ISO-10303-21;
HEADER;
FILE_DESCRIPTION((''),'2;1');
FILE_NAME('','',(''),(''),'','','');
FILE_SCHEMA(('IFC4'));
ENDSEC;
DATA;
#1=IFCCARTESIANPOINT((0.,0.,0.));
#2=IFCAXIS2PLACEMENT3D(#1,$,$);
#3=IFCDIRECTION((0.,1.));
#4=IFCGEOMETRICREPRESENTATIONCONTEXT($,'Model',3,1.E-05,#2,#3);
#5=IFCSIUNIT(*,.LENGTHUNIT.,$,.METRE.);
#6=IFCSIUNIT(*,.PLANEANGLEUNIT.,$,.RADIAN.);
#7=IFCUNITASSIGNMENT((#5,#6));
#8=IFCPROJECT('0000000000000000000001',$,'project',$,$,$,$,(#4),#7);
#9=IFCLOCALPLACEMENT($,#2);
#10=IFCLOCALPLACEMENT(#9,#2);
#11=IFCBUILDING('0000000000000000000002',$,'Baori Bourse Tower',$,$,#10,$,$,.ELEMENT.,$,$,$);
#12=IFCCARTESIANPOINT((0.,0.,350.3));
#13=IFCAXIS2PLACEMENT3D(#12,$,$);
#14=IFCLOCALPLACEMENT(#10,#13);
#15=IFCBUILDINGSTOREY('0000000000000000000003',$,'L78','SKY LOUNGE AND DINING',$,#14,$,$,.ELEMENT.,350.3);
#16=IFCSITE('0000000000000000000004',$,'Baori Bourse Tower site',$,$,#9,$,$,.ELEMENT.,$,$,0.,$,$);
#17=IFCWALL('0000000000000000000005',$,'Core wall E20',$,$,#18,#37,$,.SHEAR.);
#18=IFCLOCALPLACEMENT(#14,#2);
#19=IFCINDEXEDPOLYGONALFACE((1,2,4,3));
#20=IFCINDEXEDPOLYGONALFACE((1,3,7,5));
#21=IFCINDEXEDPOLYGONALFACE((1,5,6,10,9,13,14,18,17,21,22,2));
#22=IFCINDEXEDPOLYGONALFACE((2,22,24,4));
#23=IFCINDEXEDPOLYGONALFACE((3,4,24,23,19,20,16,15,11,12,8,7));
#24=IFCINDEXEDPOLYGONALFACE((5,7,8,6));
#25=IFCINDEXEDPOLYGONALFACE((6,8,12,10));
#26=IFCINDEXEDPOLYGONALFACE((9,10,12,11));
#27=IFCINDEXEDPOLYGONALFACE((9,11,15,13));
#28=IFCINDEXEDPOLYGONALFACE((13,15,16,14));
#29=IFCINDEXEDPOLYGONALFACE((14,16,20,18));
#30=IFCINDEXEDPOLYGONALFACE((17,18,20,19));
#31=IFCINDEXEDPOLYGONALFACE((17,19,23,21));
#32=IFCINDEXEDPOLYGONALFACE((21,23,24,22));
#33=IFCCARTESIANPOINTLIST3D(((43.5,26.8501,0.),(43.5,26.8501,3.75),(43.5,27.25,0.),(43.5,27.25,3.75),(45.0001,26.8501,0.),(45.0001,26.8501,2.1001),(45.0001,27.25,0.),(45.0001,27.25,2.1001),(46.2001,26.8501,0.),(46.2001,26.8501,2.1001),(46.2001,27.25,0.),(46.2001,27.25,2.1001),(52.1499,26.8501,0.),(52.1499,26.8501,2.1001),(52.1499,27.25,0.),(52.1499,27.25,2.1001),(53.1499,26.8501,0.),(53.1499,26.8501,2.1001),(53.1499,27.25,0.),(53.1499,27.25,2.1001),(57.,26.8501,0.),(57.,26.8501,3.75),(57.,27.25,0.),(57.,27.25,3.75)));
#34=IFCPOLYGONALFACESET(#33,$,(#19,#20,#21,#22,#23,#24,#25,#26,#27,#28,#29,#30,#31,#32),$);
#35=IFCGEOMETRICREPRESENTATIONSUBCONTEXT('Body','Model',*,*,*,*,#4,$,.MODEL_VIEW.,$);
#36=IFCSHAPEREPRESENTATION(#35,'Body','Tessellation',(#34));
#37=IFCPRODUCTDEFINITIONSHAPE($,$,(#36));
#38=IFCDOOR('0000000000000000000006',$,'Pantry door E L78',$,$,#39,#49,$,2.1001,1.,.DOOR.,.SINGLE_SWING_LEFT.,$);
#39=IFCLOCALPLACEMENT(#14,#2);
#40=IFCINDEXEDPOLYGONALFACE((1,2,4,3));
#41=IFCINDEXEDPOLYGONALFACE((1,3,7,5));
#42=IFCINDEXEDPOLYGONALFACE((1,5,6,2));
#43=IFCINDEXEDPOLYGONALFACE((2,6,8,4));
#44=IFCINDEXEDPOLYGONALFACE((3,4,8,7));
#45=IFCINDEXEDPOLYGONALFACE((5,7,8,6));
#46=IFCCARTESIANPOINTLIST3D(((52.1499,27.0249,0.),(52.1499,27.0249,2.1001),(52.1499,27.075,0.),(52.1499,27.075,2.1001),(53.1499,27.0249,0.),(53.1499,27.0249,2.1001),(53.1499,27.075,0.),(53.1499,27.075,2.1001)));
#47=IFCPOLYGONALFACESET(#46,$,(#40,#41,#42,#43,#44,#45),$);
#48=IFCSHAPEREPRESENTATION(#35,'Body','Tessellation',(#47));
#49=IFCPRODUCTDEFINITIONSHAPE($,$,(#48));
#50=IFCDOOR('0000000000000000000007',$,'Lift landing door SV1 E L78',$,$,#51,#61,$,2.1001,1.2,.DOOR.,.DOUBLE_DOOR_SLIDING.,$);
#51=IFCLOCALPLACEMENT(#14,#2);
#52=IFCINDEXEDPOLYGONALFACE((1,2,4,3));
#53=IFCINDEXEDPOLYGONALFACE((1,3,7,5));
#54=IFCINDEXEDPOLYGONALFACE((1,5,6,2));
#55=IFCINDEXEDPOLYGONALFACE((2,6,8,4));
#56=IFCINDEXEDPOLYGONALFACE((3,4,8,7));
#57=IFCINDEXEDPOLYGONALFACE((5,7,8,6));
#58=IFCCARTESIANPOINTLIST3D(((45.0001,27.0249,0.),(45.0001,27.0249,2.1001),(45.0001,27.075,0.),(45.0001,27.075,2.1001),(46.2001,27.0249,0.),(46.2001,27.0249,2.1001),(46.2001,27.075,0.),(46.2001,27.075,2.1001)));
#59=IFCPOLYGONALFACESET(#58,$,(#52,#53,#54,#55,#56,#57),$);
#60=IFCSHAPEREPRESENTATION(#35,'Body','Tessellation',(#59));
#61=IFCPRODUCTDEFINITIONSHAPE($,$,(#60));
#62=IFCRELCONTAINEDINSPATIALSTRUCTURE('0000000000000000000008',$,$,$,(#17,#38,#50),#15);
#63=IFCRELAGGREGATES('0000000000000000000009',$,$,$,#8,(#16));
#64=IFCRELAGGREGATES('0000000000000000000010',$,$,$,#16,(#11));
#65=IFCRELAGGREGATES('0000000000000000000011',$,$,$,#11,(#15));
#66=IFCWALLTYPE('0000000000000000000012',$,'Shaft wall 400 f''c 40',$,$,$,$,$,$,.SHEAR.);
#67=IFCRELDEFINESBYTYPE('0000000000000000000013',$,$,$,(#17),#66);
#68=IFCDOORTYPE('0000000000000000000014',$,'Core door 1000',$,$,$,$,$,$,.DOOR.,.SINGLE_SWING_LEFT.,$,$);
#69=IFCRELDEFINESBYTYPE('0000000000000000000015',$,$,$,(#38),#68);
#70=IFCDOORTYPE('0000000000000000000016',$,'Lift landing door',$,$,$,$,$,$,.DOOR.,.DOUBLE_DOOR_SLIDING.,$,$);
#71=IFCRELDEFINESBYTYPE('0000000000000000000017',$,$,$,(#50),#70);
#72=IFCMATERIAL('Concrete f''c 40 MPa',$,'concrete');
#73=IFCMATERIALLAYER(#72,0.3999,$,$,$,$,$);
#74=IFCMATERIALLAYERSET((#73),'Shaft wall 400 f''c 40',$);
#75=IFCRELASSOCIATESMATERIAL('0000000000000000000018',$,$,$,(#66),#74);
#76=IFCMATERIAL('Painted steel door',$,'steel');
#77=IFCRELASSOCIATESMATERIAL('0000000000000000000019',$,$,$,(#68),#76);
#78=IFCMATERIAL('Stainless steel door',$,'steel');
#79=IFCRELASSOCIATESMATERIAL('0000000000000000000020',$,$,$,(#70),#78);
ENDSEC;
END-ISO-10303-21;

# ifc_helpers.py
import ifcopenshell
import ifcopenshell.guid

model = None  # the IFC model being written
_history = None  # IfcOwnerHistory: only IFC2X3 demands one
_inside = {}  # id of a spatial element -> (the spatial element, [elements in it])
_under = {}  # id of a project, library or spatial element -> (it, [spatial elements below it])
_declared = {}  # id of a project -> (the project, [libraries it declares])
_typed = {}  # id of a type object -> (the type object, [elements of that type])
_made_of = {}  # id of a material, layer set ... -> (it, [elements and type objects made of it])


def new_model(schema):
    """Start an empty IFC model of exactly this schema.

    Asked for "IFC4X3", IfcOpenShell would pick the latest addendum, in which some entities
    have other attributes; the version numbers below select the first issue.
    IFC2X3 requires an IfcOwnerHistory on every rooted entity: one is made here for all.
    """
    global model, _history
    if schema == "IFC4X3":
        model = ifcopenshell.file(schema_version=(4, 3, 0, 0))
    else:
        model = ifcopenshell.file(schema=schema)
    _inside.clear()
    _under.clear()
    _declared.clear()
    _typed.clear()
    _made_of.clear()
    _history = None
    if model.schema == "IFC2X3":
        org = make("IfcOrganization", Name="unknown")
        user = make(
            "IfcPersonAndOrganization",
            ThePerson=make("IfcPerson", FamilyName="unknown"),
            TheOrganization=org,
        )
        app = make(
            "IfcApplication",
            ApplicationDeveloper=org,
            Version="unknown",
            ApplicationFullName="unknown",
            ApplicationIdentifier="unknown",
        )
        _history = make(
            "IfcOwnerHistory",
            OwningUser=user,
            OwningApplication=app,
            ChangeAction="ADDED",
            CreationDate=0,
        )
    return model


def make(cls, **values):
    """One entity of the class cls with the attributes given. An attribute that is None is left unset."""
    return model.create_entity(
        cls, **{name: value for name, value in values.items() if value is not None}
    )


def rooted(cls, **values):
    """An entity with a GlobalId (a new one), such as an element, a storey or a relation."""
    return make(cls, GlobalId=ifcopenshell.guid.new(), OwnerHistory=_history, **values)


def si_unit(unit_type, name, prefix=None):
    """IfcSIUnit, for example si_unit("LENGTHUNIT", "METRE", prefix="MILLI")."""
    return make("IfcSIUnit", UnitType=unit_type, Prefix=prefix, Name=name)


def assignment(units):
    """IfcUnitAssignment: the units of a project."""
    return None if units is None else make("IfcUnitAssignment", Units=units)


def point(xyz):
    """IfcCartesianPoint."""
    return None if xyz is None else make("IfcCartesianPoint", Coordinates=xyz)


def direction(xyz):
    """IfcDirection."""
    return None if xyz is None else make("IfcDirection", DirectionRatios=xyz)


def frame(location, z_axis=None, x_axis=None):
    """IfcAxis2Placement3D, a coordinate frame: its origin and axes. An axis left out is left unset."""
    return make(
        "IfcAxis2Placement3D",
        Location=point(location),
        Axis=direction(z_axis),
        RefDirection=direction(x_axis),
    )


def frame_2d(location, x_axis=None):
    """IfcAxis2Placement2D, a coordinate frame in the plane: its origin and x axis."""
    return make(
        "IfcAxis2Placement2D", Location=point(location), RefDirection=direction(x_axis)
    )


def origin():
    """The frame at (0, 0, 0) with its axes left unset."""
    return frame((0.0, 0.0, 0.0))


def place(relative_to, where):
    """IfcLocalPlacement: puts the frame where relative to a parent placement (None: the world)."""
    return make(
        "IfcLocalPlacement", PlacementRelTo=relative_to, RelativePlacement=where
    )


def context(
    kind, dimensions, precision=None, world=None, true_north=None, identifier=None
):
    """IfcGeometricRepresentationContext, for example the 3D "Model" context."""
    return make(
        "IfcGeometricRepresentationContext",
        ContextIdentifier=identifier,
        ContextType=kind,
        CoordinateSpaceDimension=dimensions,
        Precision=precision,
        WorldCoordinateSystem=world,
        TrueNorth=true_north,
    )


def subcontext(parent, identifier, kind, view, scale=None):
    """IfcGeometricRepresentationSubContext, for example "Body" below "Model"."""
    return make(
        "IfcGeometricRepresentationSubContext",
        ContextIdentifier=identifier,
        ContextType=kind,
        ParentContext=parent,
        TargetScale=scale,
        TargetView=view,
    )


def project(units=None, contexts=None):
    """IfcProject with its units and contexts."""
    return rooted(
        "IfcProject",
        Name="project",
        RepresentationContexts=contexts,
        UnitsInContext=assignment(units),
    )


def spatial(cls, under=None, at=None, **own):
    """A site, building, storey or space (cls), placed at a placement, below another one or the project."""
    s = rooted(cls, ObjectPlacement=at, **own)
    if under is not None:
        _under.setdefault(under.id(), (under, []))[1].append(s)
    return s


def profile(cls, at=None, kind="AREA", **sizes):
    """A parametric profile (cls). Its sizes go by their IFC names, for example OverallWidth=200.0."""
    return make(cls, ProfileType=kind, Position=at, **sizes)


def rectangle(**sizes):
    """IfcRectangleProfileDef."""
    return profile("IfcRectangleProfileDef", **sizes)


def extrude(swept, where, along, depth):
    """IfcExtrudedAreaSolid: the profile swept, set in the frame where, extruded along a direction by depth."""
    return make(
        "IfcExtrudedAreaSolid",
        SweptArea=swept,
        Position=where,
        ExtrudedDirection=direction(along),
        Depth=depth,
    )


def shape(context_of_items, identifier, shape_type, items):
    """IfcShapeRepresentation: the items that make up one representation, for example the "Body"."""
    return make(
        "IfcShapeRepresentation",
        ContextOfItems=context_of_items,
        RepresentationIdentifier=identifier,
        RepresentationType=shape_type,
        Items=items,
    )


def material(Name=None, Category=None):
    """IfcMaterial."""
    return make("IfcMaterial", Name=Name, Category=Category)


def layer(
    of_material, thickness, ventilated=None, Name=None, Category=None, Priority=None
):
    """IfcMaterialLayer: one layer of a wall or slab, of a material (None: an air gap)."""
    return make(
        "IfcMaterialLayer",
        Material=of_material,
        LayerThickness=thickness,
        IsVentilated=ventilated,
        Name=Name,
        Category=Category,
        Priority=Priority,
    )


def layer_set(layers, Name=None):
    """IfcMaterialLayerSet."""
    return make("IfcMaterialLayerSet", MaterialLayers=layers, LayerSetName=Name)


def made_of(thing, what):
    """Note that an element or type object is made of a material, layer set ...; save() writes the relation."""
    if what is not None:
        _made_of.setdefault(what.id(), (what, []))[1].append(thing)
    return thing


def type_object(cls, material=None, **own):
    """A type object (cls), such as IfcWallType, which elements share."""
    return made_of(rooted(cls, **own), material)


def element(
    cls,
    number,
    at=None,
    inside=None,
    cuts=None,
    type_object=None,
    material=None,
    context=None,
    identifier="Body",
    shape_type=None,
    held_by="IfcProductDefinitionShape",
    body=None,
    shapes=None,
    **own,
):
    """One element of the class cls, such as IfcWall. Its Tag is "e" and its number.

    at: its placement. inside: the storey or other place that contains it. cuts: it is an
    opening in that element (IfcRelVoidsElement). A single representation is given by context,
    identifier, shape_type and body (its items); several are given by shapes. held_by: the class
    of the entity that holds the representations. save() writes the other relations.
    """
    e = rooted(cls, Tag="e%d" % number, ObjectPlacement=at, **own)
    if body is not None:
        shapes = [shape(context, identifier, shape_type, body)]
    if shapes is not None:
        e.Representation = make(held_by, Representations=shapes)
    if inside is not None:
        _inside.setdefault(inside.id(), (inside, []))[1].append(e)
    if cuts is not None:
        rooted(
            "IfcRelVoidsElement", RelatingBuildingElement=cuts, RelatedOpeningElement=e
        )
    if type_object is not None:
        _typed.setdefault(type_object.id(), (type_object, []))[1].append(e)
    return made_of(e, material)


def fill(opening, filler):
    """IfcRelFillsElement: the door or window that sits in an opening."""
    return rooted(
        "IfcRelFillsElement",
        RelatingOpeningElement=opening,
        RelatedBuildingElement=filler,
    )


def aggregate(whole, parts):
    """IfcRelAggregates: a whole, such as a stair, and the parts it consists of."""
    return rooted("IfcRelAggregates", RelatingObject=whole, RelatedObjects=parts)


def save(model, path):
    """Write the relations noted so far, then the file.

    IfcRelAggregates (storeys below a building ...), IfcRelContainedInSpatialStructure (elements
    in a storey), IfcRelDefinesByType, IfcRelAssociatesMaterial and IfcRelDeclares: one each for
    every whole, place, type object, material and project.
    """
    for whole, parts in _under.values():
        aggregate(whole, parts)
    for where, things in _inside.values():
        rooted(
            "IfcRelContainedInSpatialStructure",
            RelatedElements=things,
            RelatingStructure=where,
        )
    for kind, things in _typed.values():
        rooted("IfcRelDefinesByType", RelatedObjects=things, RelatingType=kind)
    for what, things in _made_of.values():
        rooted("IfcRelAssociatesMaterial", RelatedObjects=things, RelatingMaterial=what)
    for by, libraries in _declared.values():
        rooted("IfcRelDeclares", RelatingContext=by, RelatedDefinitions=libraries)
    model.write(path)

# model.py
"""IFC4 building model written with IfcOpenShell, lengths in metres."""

from ifc_helpers import new_model, si_unit, direction, frame, frame_2d, origin, place, context, subcontext, project, spatial, rectangle, extrude, material, layer, layer_set, type_object, element, fill, save


model = new_model("IFC4")

# Units and contexts
model_context = context("Model", 3, precision=1e-05, world=origin(), true_north=direction((0.0, 1.0)))
body_context = subcontext(model_context, "Body", "Model", "MODEL_VIEW")
ifc_project = project(units=[si_unit("LENGTHUNIT", "METRE"), si_unit("PLANEANGLEUNIT", "RADIAN")], contexts=[model_context])

# Site, building, storey
site_placement = place(None, origin())
site = spatial("IfcSite", under=ifc_project, at=site_placement, Name="Baori Bourse Tower site", CompositionType="ELEMENT", RefElevation=0.0)
building_placement = place(site_placement, origin())
building = spatial("IfcBuilding", under=site, at=building_placement, Name="Baori Bourse Tower", CompositionType="ELEMENT")
storey_placement = place(building_placement, frame((0.0, 0.0, 350.3)))
storey = spatial("IfcBuildingStorey", under=building, at=storey_placement, Name="L78", Description="SKY LOUNGE AND DINING", CompositionType="ELEMENT", Elevation=350.3)

# Wall, openings, doors
ifc_material_1 = material(Name="Concrete f'c 40 MPa", Category="concrete")
ifc_layer_1 = layer(ifc_material_1, 0.3999)
ifc_layer_set_1 = layer_set([ifc_layer_1], Name="Shaft wall 400 f'c 40")
wall_type_1 = type_object("IfcWallType", Name="Shaft wall 400 f'c 40", PredefinedType="SHEAR", material=ifc_layer_set_1)
wall_1_placement = place(storey_placement, frame((43.5, 27.05, 0.0), z_axis=(0.0, 0.0, 1.0), x_axis=(1.0, 0.0, 0.0)))
wall_1 = element("IfcWall", 1, at=wall_1_placement, inside=storey, type_object=wall_type_1, Name="Core wall E20", PredefinedType="SHEAR", context=body_context, shape_type="SweptSolid", body=[
    extrude(rectangle(XDim=13.5, YDim=0.3999, at=frame_2d((6.75, 0.0))), origin(), (0.0, 0.0, 1.0), 3.75),
])
opening_1_placement = place(wall_1_placement, frame((8.6499, 0.0, 0.0)))
opening_1 = element("IfcOpeningElement", 2, at=opening_1_placement, cuts=wall_1, PredefinedType="OPENING", context=body_context, shape_type="SweptSolid", body=[
    extrude(rectangle(XDim=1.0, YDim=2.1001, at=frame_2d((0.5, 1.05))), frame((0.0, 0.21, 0.0), z_axis=(0.0, -1.0, 0.0), x_axis=(1.0, 0.0, 0.0)), (0.0, 0.0, 1.0), 0.4199),
])
opening_2_placement = place(wall_1_placement, frame((1.5, 0.0, 0.0)))
opening_2 = element("IfcOpeningElement", 3, at=opening_2_placement, cuts=wall_1, PredefinedType="OPENING", context=body_context, shape_type="SweptSolid", body=[
    extrude(rectangle(XDim=1.2, YDim=2.1001, at=frame_2d((0.6001, 1.05))), frame((0.0, 0.21, 0.0), z_axis=(0.0, -1.0, 0.0), x_axis=(1.0, 0.0, 0.0)), (0.0, 0.0, 1.0), 0.4199),
])
ifc_material_2 = material(Name="Painted steel door", Category="steel")
door_type_1 = type_object("IfcDoorType", Name="Core door 1000", OperationType="SINGLE_SWING_LEFT", PredefinedType="DOOR", material=ifc_material_2)
door_1_placement = place(opening_1_placement, origin())
door_1 = element("IfcDoor", 4, at=door_1_placement, inside=storey, type_object=door_type_1, Name="Pantry door E L78", OperationType="SINGLE_SWING_LEFT", OverallHeight=2.1001, OverallWidth=1.0, PredefinedType="DOOR", context=body_context, shape_type="SweptSolid", body=[
    extrude(rectangle(XDim=1.0, YDim=2.1001, at=frame_2d((0.5, 1.05))), frame((0.0, 0.0249, 0.0), z_axis=(0.0, -1.0, 0.0), x_axis=(1.0, 0.0, 0.0)), (0.0, 0.0, 1.0), 0.05),
])
fill(opening_1, door_1)
ifc_material_3 = material(Name="Stainless steel door", Category="steel")
door_type_2 = type_object("IfcDoorType", Name="Lift landing door", OperationType="DOUBLE_DOOR_SLIDING", PredefinedType="DOOR", material=ifc_material_3)
door_2_placement = place(opening_2_placement, origin())
door_2 = element("IfcDoor", 5, at=door_2_placement, inside=storey, type_object=door_type_2, Name="Lift landing door SV1 E L78", OperationType="DOUBLE_DOOR_SLIDING", OverallHeight=2.1001, OverallWidth=1.2, PredefinedType="DOOR", context=body_context, shape_type="SweptSolid", body=[
    extrude(rectangle(XDim=1.2, YDim=2.1001, at=frame_2d((0.6001, 1.05))), frame((0.0, 0.0249, 0.0), z_axis=(0.0, -1.0, 0.0), x_axis=(1.0, 0.0, 0.0)), (0.0, 0.0, 1.0), 0.05),
])
fill(opening_2, door_2)

save(model, "model.ifc")
